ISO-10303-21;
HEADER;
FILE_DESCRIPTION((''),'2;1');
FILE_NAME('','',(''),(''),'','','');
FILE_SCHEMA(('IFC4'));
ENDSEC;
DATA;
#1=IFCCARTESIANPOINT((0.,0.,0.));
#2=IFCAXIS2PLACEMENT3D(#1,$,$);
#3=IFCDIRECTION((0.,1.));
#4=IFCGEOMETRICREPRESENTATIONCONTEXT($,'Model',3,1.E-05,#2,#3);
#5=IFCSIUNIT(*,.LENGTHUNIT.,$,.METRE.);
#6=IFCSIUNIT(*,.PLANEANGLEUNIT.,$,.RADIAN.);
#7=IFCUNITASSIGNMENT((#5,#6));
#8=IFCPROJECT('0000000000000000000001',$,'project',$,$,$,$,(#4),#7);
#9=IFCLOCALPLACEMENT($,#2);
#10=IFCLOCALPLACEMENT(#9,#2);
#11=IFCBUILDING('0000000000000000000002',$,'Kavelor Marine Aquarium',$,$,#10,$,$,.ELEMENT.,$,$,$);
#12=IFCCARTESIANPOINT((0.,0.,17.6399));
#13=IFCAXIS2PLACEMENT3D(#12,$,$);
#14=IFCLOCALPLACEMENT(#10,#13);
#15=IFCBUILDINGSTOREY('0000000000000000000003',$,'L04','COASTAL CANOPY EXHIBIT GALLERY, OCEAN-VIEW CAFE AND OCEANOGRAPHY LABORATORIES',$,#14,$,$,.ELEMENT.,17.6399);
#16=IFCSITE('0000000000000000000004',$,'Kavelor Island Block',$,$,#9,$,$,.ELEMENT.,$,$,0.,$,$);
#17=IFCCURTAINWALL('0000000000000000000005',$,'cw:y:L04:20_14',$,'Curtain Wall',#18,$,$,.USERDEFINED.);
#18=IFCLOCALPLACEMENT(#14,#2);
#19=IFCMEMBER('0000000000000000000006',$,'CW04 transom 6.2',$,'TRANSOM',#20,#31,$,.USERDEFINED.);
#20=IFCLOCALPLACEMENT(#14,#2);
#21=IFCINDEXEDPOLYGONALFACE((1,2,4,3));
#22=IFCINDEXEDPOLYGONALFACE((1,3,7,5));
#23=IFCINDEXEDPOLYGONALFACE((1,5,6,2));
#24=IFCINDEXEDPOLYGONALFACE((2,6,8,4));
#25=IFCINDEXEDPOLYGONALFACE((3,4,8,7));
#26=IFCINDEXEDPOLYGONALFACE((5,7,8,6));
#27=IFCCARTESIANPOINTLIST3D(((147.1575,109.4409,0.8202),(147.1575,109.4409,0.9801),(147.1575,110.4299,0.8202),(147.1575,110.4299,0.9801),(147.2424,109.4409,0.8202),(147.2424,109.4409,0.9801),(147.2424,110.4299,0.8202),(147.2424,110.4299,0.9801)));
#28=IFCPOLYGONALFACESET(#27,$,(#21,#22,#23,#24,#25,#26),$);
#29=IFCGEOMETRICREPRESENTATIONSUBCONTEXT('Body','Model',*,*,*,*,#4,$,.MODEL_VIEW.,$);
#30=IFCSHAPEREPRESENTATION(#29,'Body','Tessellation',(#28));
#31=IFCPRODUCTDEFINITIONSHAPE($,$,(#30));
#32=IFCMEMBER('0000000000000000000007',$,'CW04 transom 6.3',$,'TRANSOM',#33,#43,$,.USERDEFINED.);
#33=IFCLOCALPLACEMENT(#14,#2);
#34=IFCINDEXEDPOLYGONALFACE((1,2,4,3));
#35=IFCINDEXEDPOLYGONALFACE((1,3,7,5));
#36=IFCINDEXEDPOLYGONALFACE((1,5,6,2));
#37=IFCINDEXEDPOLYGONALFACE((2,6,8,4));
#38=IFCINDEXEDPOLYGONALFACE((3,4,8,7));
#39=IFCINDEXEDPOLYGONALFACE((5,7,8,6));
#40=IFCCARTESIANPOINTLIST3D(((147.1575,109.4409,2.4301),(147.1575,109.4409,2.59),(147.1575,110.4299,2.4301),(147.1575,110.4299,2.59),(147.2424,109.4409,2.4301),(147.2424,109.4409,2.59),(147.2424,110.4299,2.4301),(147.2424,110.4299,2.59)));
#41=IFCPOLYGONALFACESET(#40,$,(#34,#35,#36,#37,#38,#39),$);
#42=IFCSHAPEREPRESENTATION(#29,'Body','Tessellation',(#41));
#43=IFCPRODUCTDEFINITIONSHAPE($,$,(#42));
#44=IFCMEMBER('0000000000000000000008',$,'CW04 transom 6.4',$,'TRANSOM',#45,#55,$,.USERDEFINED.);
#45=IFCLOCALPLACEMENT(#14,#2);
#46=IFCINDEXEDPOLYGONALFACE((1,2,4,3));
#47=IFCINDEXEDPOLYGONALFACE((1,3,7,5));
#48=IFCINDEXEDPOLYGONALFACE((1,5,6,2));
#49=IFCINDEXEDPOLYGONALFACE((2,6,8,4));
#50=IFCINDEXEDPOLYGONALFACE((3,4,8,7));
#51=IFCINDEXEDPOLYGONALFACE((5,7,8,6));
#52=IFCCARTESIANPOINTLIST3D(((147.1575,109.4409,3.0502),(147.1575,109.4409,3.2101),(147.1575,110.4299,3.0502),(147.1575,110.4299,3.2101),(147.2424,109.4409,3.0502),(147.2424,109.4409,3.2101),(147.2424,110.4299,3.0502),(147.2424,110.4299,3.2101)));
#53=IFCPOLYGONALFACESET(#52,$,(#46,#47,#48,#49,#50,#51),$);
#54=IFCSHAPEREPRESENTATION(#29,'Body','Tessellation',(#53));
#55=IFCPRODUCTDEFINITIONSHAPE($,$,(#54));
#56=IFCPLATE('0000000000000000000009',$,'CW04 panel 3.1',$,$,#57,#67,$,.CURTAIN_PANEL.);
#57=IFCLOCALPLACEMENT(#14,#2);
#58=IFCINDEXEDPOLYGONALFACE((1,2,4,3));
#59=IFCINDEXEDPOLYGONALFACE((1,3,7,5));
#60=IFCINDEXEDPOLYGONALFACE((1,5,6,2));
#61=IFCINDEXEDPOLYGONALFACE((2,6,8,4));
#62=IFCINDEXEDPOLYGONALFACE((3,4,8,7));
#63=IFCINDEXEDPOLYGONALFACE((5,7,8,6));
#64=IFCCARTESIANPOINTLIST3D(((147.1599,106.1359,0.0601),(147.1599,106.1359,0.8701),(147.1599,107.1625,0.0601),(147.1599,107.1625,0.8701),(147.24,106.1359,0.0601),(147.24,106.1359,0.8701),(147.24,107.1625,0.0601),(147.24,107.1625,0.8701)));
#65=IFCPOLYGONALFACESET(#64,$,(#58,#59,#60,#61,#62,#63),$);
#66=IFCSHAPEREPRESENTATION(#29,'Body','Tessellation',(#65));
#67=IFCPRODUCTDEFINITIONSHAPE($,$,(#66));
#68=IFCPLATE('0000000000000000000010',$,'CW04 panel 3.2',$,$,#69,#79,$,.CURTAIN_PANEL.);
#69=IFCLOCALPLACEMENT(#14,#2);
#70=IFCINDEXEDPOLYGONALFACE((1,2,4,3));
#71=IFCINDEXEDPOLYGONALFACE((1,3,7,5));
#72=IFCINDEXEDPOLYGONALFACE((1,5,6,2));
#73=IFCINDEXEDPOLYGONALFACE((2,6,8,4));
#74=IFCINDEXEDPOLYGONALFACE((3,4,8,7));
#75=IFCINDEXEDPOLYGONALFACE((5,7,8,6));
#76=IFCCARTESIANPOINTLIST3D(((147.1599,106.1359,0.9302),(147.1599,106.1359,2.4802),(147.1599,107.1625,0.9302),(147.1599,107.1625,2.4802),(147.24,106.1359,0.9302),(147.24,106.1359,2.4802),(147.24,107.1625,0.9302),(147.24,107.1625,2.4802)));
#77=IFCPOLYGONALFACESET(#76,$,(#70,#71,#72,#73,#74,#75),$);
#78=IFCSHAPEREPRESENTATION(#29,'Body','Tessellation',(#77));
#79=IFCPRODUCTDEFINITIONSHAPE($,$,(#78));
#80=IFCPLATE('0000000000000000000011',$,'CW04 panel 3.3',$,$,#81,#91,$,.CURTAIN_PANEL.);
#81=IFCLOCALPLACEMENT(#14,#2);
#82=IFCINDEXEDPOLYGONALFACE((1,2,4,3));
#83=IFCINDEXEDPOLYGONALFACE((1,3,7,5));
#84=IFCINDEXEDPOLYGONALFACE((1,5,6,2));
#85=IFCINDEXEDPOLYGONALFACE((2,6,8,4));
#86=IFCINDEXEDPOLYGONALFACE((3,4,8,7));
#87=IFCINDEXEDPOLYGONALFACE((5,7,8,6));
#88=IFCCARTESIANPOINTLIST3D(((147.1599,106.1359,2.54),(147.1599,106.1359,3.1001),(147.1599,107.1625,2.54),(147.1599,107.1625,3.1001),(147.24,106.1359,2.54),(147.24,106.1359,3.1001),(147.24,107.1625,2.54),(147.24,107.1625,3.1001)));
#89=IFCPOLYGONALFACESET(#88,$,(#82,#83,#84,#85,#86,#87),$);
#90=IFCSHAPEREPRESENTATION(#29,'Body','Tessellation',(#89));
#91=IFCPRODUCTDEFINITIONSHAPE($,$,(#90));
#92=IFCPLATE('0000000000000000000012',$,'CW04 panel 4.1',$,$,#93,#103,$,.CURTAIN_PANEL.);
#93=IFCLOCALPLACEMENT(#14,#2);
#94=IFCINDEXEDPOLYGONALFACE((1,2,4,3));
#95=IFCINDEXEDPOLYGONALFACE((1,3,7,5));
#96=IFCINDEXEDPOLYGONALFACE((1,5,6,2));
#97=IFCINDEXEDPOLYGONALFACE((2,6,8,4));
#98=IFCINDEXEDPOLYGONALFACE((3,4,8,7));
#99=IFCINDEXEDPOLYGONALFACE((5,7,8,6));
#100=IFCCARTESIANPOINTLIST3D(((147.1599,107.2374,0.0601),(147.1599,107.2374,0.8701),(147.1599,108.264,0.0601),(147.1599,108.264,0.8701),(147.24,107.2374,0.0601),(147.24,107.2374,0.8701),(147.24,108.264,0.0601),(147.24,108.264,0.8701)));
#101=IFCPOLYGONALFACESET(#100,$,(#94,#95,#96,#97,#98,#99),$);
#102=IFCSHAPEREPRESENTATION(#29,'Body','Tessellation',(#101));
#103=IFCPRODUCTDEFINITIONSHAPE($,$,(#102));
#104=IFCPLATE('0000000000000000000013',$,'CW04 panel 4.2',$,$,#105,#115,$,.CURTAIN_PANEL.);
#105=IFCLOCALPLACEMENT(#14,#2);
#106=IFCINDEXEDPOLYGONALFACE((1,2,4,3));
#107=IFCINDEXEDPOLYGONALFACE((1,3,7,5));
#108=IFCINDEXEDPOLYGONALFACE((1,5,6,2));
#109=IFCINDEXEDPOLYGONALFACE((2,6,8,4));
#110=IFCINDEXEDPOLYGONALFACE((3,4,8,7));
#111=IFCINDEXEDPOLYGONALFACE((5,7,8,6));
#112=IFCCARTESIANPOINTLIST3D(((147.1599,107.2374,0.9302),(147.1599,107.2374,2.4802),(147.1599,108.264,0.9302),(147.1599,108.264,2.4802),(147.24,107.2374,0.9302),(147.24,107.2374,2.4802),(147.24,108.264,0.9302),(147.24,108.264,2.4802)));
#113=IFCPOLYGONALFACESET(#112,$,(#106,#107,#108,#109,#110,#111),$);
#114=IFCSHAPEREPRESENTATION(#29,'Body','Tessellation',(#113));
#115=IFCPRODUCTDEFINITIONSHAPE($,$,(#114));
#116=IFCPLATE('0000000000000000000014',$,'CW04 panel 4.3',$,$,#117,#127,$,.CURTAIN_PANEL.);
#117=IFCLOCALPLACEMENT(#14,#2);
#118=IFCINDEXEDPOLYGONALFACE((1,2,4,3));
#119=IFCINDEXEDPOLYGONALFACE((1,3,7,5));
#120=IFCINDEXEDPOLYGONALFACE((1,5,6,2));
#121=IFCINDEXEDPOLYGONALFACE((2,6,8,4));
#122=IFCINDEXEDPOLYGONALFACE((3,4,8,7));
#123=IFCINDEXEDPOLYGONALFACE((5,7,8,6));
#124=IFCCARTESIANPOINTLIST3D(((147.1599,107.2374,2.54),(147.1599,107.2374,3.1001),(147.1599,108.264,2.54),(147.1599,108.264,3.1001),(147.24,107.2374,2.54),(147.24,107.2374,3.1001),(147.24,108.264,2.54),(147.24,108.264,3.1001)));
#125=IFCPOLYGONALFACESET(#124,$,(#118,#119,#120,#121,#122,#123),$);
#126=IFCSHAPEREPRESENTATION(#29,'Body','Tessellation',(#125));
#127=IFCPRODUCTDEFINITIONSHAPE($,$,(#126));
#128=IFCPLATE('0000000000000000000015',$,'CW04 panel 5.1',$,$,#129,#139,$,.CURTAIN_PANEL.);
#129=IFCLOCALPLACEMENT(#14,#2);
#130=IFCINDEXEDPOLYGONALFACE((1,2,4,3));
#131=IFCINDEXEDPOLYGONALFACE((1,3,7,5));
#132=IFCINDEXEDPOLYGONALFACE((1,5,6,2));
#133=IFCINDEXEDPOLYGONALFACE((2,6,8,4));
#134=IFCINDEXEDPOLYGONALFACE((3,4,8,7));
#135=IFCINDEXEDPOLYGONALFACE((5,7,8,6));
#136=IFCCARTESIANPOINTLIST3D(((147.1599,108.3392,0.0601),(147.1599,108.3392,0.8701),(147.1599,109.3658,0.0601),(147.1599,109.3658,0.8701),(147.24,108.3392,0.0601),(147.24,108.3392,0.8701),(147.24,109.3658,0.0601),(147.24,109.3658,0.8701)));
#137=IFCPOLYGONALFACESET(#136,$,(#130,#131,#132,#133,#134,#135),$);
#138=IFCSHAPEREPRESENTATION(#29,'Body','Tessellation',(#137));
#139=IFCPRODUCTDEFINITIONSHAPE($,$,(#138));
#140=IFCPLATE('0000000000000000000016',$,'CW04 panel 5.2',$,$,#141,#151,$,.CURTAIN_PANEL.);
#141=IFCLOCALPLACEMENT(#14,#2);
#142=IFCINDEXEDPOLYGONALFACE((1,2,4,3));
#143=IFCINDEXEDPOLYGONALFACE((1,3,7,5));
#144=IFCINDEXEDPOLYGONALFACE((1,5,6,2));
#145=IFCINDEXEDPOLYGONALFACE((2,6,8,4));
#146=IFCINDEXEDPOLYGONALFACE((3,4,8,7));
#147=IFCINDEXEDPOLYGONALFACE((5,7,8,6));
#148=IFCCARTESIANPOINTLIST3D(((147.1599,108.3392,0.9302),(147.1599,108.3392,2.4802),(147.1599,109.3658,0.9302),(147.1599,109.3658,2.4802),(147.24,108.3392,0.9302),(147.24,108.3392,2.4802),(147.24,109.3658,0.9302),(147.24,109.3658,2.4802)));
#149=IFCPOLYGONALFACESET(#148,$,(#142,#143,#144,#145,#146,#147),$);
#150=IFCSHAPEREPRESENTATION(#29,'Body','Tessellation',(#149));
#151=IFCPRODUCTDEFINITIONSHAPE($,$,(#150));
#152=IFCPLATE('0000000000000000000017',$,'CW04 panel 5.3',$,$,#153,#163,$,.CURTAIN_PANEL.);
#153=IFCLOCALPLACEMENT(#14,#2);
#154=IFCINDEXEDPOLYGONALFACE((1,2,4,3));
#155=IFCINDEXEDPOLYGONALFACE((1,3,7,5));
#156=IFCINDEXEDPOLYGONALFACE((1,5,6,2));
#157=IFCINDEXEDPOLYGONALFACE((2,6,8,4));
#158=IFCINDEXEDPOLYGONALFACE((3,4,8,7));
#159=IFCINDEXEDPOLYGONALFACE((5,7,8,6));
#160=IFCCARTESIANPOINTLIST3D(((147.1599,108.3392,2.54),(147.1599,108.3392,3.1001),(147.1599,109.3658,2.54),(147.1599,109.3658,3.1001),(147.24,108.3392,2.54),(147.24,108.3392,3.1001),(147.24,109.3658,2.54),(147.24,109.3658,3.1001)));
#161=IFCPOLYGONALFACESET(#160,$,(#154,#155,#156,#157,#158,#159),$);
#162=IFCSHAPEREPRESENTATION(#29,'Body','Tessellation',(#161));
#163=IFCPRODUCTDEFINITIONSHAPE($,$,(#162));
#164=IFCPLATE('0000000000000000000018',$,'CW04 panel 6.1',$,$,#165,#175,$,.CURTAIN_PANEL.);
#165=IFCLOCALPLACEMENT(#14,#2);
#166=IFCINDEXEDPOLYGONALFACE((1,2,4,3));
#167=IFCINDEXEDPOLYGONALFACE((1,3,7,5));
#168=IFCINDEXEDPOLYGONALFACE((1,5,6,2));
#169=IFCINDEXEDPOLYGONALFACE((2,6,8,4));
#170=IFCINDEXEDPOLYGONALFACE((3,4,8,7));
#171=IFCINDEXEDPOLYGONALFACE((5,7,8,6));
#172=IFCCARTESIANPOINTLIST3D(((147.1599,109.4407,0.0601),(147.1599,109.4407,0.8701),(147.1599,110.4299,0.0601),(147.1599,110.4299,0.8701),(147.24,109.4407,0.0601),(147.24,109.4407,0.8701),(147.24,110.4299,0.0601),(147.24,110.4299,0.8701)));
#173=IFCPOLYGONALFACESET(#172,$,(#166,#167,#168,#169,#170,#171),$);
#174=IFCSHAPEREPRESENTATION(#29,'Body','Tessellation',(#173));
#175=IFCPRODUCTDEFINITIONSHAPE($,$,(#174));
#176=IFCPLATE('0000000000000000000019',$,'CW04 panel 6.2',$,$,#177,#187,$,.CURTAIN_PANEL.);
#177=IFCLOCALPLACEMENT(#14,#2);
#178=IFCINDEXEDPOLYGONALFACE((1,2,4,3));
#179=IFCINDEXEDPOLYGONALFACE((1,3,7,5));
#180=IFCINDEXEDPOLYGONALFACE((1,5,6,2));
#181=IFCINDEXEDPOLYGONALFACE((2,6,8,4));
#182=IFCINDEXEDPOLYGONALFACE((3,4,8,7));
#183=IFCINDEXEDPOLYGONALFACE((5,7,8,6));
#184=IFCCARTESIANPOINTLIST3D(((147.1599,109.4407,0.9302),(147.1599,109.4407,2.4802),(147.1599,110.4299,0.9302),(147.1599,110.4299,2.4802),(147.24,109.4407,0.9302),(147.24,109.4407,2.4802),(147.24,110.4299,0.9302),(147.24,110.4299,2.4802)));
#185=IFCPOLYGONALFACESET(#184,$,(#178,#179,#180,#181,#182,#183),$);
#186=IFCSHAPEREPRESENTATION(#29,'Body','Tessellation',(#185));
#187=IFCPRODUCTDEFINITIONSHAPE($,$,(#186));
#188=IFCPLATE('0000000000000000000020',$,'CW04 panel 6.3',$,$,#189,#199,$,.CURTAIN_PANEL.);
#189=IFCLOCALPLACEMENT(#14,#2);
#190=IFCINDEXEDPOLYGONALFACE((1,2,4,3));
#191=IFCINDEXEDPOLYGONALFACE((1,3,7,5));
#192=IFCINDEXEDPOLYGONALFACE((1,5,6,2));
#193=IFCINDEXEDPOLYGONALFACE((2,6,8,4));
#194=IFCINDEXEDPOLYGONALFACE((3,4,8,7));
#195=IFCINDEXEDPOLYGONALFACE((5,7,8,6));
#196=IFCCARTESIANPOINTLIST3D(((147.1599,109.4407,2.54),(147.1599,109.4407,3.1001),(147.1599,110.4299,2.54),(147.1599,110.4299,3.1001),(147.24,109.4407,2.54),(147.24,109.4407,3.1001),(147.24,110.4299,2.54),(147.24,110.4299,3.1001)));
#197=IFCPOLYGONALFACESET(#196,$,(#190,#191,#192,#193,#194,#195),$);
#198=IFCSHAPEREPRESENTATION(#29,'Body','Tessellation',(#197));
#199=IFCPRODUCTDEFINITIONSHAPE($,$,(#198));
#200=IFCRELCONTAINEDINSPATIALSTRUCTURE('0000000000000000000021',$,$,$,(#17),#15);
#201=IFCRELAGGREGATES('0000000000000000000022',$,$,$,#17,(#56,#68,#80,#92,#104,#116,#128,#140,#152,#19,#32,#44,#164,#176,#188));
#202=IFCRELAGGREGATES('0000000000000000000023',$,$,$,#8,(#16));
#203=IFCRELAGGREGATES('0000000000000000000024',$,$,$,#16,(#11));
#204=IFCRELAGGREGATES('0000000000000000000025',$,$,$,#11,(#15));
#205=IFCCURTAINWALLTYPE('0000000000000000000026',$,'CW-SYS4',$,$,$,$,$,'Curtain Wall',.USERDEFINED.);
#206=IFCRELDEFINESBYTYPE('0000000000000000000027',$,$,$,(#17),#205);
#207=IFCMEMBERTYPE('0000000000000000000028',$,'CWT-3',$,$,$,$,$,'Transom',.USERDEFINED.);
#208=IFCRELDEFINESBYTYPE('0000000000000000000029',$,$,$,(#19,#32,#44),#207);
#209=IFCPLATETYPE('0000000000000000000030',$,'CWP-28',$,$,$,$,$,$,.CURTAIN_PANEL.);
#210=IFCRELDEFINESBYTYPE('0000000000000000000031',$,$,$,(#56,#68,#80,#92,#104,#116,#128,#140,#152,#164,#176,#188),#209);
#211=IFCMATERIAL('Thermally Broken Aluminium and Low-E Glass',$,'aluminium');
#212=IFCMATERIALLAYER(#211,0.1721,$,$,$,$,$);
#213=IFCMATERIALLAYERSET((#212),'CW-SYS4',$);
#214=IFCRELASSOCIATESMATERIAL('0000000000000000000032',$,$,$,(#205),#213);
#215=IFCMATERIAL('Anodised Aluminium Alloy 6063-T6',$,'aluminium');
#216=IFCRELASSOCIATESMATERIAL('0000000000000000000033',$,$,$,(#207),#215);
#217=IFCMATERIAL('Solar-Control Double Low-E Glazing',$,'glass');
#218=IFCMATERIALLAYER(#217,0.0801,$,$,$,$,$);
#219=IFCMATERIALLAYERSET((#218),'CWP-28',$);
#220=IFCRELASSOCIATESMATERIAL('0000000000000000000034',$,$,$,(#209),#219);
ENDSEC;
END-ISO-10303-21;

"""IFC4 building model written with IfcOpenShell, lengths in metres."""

from ifc_helpers import new_model, si_unit, direction, frame, origin, origin_2d, place, context, subcontext, project, spatial, rectangle, extrude, material, layer, layer_set, material_profile, profile_set, type_object, element, aggregate, save


model = new_model("IFC4")

# Units and contexts
model_context = context("Model", 3, precision=1e-05, world=origin(), true_north=direction((0.0, 1.0)))
body_context = subcontext(model_context, "Body", "Model", "MODEL_VIEW")
ifc_project = project(units=[si_unit("LENGTHUNIT", "METRE"), si_unit("PLANEANGLEUNIT", "RADIAN")], contexts=[model_context])

# Site, building, storey
site_placement = place(None, origin())
site = spatial("IfcSite", under=ifc_project, at=site_placement, Name="Kavelor Island Block", CompositionType="ELEMENT", RefElevation=0.0)
building_placement = place(site_placement, origin())
building = spatial("IfcBuilding", under=site, at=building_placement, Name="Kavelor Marine Aquarium", CompositionType="ELEMENT")
storey_placement = place(building_placement, frame((0.0, 0.0, 17.6399)))
storey = spatial("IfcBuildingStorey", under=building, at=storey_placement, Name="L04", Description="COASTAL CANOPY EXHIBIT GALLERY, OCEAN-VIEW CAFE AND OCEANOGRAPHY LABORATORIES", CompositionType="ELEMENT", Elevation=17.6399)

# Curtain wall, members, plates
ifc_material_1 = material(Name="Thermally Broken Aluminium and Low-E Glass", Category="aluminium")
ifc_layer_1 = layer(ifc_material_1, 0.1721)
ifc_layer_set_1 = layer_set([ifc_layer_1], Name="CW-SYS4")
curtain_wall_type = type_object("IfcCurtainWallType", Name="CW-SYS4", ElementType="Curtain Wall", PredefinedType="USERDEFINED", material=ifc_layer_set_1)
curtain_wall_placement = place(storey_placement, origin())
curtain_wall = element("IfcCurtainWall", 1, at=curtain_wall_placement, inside=storey, type_object=curtain_wall_type, Name="cw:y:L04:20_14", ObjectType="Curtain Wall", PredefinedType="USERDEFINED")
ifc_material_2 = material(Name="Anodised Aluminium Alloy 6063-T6", Category="aluminium")
ifc_material_profile_1 = material_profile(ifc_material_2, rectangle(XDim=0.085, YDim=0.1599, at=origin_2d()), Name="CW-TRN 85x160")
ifc_profile_set_1 = profile_set([ifc_material_profile_1], Name="Anodised Aluminium Alloy 6063-T6")
member_type_1 = type_object("IfcMemberType", Name="CWT-3", ElementType="Transom", PredefinedType="USERDEFINED", material=ifc_profile_set_1)
member_1_placement = place(storey_placement, frame((147.2, 109.4409, 0.9001), z_axis=(0.0, 1.0, 0.0), x_axis=(-1.0, 0.0, 0.0)))
member_1 = element("IfcMember", 2, at=member_1_placement, type_object=member_type_1, Name="CW04 transom 6.2", ObjectType="TRANSOM", PredefinedType="USERDEFINED", context=body_context, shape_type="SweptSolid", body=[
    extrude(rectangle(XDim=0.085, YDim=0.1599, at=origin_2d()), origin(), (0.0, 0.0, 1.0), 0.989),
])
member_2_placement = place(storey_placement, frame((147.2, 109.4409, 2.51), z_axis=(0.0, 1.0, 0.0), x_axis=(-1.0, 0.0, 0.0)))
member_2 = element("IfcMember", 3, at=member_2_placement, type_object=member_type_1, Name="CW04 transom 6.3", ObjectType="TRANSOM", PredefinedType="USERDEFINED", context=body_context, shape_type="SweptSolid", body=[
    extrude(rectangle(XDim=0.085, YDim=0.1599, at=origin_2d()), origin(), (0.0, 0.0, 1.0), 0.989),
])
member_3_placement = place(storey_placement, frame((147.2, 109.4409, 3.1301), z_axis=(0.0, 1.0, 0.0), x_axis=(-1.0, 0.0, 0.0)))
member_3 = element("IfcMember", 4, at=member_3_placement, type_object=member_type_1, Name="CW04 transom 6.4", ObjectType="TRANSOM", PredefinedType="USERDEFINED", context=body_context, shape_type="SweptSolid", body=[
    extrude(rectangle(XDim=0.085, YDim=0.1599, at=origin_2d()), origin(), (0.0, 0.0, 1.0), 0.989),
])
ifc_material_3 = material(Name="Solar-Control Double Low-E Glazing", Category="glass")
ifc_layer_2 = layer(ifc_material_3, 0.0801)
ifc_layer_set_2 = layer_set([ifc_layer_2], Name="CWP-28")
plate_type = type_object("IfcPlateType", Name="CWP-28", PredefinedType="CURTAIN_PANEL", material=ifc_layer_set_2)
plate_1_placement = place(storey_placement, frame((147.2, 106.6492, 0.0601), z_axis=(0.0, 0.0, 1.0), x_axis=(0.0, 1.0, 0.0)))
plate_1 = element("IfcPlate", 5, at=plate_1_placement, type_object=plate_type, Name="CW04 panel 3.1", PredefinedType="CURTAIN_PANEL", context=body_context, shape_type="SweptSolid", body=[
    extrude(rectangle(XDim=1.0266, YDim=0.0801, at=origin_2d()), origin(), (0.0, 0.0, 1.0), 0.8101),
])
plate_2_placement = place(storey_placement, frame((147.2, 106.6492, 0.9302), z_axis=(0.0, 0.0, 1.0), x_axis=(0.0, 1.0, 0.0)))
plate_2 = element("IfcPlate", 6, at=plate_2_placement, type_object=plate_type, Name="CW04 panel 3.2", PredefinedType="CURTAIN_PANEL", context=body_context, shape_type="SweptSolid", body=[
    extrude(rectangle(XDim=1.0266, YDim=0.0801, at=origin_2d()), origin(), (0.0, 0.0, 1.0), 1.55),
])
plate_3_placement = place(storey_placement, frame((147.2, 106.6492, 2.54), z_axis=(0.0, 0.0, 1.0), x_axis=(0.0, 1.0, 0.0)))
plate_3 = element("IfcPlate", 7, at=plate_3_placement, type_object=plate_type, Name="CW04 panel 3.3", PredefinedType="CURTAIN_PANEL", context=body_context, shape_type="SweptSolid", body=[
    extrude(rectangle(XDim=1.0266, YDim=0.0801, at=origin_2d()), origin(), (0.0, 0.0, 1.0), 0.5601),
])
plate_4_placement = place(storey_placement, frame((147.2, 107.7507, 0.0601), z_axis=(0.0, 0.0, 1.0), x_axis=(0.0, 1.0, 0.0)))
plate_4 = element("IfcPlate", 8, at=plate_4_placement, type_object=plate_type, Name="CW04 panel 4.1", PredefinedType="CURTAIN_PANEL", context=body_context, shape_type="SweptSolid", body=[
    extrude(rectangle(XDim=1.0266, YDim=0.0801, at=origin_2d()), origin(), (0.0, 0.0, 1.0), 0.8101),
])
plate_5_placement = place(storey_placement, frame((147.2, 107.7507, 0.9302), z_axis=(0.0, 0.0, 1.0), x_axis=(0.0, 1.0, 0.0)))
plate_5 = element("IfcPlate", 9, at=plate_5_placement, type_object=plate_type, Name="CW04 panel 4.2", PredefinedType="CURTAIN_PANEL", context=body_context, shape_type="SweptSolid", body=[
    extrude(rectangle(XDim=1.0266, YDim=0.0801, at=origin_2d()), origin(), (0.0, 0.0, 1.0), 1.55),
])
plate_6_placement = place(storey_placement, frame((147.2, 107.7507, 2.54), z_axis=(0.0, 0.0, 1.0), x_axis=(0.0, 1.0, 0.0)))
plate_6 = element("IfcPlate", 10, at=plate_6_placement, type_object=plate_type, Name="CW04 panel 4.3", PredefinedType="CURTAIN_PANEL", context=body_context, shape_type="SweptSolid", body=[
    extrude(rectangle(XDim=1.0266, YDim=0.0801, at=origin_2d()), origin(), (0.0, 0.0, 1.0), 0.5601),
])
plate_7_placement = place(storey_placement, frame((147.2, 108.8525, 0.0601), z_axis=(0.0, 0.0, 1.0), x_axis=(0.0, 1.0, 0.0)))
plate_7 = element("IfcPlate", 11, at=plate_7_placement, type_object=plate_type, Name="CW04 panel 5.1", PredefinedType="CURTAIN_PANEL", context=body_context, shape_type="SweptSolid", body=[
    extrude(rectangle(XDim=1.0266, YDim=0.0801, at=origin_2d()), origin(), (0.0, 0.0, 1.0), 0.8101),
])
plate_8_placement = place(storey_placement, frame((147.2, 108.8525, 0.9302), z_axis=(0.0, 0.0, 1.0), x_axis=(0.0, 1.0, 0.0)))
plate_8 = element("IfcPlate", 12, at=plate_8_placement, type_object=plate_type, Name="CW04 panel 5.2", PredefinedType="CURTAIN_PANEL", context=body_context, shape_type="SweptSolid", body=[
    extrude(rectangle(XDim=1.0266, YDim=0.0801, at=origin_2d()), origin(), (0.0, 0.0, 1.0), 1.55),
])
plate_9_placement = place(storey_placement, frame((147.2, 108.8525, 2.54), z_axis=(0.0, 0.0, 1.0), x_axis=(0.0, 1.0, 0.0)))
plate_9 = element("IfcPlate", 13, at=plate_9_placement, type_object=plate_type, Name="CW04 panel 5.3", PredefinedType="CURTAIN_PANEL", context=body_context, shape_type="SweptSolid", body=[
    extrude(rectangle(XDim=1.0266, YDim=0.0801, at=origin_2d()), origin(), (0.0, 0.0, 1.0), 0.5601),
])
plate_10_placement = place(storey_placement, frame((147.2, 109.9353, 0.0601), z_axis=(0.0, 0.0, 1.0), x_axis=(0.0, 1.0, 0.0)))
plate_10 = element("IfcPlate", 14, at=plate_10_placement, type_object=plate_type, Name="CW04 panel 6.1", PredefinedType="CURTAIN_PANEL", context=body_context, shape_type="SweptSolid", body=[
    extrude(rectangle(XDim=0.9893, YDim=0.0801, at=origin_2d()), origin(), (0.0, 0.0, 1.0), 0.8101),
])
plate_11_placement = place(storey_placement, frame((147.2, 109.9353, 0.9302), z_axis=(0.0, 0.0, 1.0), x_axis=(0.0, 1.0, 0.0)))
plate_11 = element("IfcPlate", 15, at=plate_11_placement, type_object=plate_type, Name="CW04 panel 6.2", PredefinedType="CURTAIN_PANEL", context=body_context, shape_type="SweptSolid", body=[
    extrude(rectangle(XDim=0.9893, YDim=0.0801, at=origin_2d()), origin(), (0.0, 0.0, 1.0), 1.55),
])
plate_12_placement = place(storey_placement, frame((147.2, 109.9353, 2.54), z_axis=(0.0, 0.0, 1.0), x_axis=(0.0, 1.0, 0.0)))
plate_12 = element("IfcPlate", 16, at=plate_12_placement, type_object=plate_type, Name="CW04 panel 6.3", PredefinedType="CURTAIN_PANEL", context=body_context, shape_type="SweptSolid", body=[
    extrude(rectangle(XDim=0.9893, YDim=0.0801, at=origin_2d()), origin(), (0.0, 0.0, 1.0), 0.5601),
])
aggregate(curtain_wall, [plate_1, plate_2, plate_3, plate_4, plate_5, plate_6, plate_7, plate_8, plate_9, member_1, member_2, member_3, plate_10, plate_11, plate_12])

save(model, "model.ifc")
